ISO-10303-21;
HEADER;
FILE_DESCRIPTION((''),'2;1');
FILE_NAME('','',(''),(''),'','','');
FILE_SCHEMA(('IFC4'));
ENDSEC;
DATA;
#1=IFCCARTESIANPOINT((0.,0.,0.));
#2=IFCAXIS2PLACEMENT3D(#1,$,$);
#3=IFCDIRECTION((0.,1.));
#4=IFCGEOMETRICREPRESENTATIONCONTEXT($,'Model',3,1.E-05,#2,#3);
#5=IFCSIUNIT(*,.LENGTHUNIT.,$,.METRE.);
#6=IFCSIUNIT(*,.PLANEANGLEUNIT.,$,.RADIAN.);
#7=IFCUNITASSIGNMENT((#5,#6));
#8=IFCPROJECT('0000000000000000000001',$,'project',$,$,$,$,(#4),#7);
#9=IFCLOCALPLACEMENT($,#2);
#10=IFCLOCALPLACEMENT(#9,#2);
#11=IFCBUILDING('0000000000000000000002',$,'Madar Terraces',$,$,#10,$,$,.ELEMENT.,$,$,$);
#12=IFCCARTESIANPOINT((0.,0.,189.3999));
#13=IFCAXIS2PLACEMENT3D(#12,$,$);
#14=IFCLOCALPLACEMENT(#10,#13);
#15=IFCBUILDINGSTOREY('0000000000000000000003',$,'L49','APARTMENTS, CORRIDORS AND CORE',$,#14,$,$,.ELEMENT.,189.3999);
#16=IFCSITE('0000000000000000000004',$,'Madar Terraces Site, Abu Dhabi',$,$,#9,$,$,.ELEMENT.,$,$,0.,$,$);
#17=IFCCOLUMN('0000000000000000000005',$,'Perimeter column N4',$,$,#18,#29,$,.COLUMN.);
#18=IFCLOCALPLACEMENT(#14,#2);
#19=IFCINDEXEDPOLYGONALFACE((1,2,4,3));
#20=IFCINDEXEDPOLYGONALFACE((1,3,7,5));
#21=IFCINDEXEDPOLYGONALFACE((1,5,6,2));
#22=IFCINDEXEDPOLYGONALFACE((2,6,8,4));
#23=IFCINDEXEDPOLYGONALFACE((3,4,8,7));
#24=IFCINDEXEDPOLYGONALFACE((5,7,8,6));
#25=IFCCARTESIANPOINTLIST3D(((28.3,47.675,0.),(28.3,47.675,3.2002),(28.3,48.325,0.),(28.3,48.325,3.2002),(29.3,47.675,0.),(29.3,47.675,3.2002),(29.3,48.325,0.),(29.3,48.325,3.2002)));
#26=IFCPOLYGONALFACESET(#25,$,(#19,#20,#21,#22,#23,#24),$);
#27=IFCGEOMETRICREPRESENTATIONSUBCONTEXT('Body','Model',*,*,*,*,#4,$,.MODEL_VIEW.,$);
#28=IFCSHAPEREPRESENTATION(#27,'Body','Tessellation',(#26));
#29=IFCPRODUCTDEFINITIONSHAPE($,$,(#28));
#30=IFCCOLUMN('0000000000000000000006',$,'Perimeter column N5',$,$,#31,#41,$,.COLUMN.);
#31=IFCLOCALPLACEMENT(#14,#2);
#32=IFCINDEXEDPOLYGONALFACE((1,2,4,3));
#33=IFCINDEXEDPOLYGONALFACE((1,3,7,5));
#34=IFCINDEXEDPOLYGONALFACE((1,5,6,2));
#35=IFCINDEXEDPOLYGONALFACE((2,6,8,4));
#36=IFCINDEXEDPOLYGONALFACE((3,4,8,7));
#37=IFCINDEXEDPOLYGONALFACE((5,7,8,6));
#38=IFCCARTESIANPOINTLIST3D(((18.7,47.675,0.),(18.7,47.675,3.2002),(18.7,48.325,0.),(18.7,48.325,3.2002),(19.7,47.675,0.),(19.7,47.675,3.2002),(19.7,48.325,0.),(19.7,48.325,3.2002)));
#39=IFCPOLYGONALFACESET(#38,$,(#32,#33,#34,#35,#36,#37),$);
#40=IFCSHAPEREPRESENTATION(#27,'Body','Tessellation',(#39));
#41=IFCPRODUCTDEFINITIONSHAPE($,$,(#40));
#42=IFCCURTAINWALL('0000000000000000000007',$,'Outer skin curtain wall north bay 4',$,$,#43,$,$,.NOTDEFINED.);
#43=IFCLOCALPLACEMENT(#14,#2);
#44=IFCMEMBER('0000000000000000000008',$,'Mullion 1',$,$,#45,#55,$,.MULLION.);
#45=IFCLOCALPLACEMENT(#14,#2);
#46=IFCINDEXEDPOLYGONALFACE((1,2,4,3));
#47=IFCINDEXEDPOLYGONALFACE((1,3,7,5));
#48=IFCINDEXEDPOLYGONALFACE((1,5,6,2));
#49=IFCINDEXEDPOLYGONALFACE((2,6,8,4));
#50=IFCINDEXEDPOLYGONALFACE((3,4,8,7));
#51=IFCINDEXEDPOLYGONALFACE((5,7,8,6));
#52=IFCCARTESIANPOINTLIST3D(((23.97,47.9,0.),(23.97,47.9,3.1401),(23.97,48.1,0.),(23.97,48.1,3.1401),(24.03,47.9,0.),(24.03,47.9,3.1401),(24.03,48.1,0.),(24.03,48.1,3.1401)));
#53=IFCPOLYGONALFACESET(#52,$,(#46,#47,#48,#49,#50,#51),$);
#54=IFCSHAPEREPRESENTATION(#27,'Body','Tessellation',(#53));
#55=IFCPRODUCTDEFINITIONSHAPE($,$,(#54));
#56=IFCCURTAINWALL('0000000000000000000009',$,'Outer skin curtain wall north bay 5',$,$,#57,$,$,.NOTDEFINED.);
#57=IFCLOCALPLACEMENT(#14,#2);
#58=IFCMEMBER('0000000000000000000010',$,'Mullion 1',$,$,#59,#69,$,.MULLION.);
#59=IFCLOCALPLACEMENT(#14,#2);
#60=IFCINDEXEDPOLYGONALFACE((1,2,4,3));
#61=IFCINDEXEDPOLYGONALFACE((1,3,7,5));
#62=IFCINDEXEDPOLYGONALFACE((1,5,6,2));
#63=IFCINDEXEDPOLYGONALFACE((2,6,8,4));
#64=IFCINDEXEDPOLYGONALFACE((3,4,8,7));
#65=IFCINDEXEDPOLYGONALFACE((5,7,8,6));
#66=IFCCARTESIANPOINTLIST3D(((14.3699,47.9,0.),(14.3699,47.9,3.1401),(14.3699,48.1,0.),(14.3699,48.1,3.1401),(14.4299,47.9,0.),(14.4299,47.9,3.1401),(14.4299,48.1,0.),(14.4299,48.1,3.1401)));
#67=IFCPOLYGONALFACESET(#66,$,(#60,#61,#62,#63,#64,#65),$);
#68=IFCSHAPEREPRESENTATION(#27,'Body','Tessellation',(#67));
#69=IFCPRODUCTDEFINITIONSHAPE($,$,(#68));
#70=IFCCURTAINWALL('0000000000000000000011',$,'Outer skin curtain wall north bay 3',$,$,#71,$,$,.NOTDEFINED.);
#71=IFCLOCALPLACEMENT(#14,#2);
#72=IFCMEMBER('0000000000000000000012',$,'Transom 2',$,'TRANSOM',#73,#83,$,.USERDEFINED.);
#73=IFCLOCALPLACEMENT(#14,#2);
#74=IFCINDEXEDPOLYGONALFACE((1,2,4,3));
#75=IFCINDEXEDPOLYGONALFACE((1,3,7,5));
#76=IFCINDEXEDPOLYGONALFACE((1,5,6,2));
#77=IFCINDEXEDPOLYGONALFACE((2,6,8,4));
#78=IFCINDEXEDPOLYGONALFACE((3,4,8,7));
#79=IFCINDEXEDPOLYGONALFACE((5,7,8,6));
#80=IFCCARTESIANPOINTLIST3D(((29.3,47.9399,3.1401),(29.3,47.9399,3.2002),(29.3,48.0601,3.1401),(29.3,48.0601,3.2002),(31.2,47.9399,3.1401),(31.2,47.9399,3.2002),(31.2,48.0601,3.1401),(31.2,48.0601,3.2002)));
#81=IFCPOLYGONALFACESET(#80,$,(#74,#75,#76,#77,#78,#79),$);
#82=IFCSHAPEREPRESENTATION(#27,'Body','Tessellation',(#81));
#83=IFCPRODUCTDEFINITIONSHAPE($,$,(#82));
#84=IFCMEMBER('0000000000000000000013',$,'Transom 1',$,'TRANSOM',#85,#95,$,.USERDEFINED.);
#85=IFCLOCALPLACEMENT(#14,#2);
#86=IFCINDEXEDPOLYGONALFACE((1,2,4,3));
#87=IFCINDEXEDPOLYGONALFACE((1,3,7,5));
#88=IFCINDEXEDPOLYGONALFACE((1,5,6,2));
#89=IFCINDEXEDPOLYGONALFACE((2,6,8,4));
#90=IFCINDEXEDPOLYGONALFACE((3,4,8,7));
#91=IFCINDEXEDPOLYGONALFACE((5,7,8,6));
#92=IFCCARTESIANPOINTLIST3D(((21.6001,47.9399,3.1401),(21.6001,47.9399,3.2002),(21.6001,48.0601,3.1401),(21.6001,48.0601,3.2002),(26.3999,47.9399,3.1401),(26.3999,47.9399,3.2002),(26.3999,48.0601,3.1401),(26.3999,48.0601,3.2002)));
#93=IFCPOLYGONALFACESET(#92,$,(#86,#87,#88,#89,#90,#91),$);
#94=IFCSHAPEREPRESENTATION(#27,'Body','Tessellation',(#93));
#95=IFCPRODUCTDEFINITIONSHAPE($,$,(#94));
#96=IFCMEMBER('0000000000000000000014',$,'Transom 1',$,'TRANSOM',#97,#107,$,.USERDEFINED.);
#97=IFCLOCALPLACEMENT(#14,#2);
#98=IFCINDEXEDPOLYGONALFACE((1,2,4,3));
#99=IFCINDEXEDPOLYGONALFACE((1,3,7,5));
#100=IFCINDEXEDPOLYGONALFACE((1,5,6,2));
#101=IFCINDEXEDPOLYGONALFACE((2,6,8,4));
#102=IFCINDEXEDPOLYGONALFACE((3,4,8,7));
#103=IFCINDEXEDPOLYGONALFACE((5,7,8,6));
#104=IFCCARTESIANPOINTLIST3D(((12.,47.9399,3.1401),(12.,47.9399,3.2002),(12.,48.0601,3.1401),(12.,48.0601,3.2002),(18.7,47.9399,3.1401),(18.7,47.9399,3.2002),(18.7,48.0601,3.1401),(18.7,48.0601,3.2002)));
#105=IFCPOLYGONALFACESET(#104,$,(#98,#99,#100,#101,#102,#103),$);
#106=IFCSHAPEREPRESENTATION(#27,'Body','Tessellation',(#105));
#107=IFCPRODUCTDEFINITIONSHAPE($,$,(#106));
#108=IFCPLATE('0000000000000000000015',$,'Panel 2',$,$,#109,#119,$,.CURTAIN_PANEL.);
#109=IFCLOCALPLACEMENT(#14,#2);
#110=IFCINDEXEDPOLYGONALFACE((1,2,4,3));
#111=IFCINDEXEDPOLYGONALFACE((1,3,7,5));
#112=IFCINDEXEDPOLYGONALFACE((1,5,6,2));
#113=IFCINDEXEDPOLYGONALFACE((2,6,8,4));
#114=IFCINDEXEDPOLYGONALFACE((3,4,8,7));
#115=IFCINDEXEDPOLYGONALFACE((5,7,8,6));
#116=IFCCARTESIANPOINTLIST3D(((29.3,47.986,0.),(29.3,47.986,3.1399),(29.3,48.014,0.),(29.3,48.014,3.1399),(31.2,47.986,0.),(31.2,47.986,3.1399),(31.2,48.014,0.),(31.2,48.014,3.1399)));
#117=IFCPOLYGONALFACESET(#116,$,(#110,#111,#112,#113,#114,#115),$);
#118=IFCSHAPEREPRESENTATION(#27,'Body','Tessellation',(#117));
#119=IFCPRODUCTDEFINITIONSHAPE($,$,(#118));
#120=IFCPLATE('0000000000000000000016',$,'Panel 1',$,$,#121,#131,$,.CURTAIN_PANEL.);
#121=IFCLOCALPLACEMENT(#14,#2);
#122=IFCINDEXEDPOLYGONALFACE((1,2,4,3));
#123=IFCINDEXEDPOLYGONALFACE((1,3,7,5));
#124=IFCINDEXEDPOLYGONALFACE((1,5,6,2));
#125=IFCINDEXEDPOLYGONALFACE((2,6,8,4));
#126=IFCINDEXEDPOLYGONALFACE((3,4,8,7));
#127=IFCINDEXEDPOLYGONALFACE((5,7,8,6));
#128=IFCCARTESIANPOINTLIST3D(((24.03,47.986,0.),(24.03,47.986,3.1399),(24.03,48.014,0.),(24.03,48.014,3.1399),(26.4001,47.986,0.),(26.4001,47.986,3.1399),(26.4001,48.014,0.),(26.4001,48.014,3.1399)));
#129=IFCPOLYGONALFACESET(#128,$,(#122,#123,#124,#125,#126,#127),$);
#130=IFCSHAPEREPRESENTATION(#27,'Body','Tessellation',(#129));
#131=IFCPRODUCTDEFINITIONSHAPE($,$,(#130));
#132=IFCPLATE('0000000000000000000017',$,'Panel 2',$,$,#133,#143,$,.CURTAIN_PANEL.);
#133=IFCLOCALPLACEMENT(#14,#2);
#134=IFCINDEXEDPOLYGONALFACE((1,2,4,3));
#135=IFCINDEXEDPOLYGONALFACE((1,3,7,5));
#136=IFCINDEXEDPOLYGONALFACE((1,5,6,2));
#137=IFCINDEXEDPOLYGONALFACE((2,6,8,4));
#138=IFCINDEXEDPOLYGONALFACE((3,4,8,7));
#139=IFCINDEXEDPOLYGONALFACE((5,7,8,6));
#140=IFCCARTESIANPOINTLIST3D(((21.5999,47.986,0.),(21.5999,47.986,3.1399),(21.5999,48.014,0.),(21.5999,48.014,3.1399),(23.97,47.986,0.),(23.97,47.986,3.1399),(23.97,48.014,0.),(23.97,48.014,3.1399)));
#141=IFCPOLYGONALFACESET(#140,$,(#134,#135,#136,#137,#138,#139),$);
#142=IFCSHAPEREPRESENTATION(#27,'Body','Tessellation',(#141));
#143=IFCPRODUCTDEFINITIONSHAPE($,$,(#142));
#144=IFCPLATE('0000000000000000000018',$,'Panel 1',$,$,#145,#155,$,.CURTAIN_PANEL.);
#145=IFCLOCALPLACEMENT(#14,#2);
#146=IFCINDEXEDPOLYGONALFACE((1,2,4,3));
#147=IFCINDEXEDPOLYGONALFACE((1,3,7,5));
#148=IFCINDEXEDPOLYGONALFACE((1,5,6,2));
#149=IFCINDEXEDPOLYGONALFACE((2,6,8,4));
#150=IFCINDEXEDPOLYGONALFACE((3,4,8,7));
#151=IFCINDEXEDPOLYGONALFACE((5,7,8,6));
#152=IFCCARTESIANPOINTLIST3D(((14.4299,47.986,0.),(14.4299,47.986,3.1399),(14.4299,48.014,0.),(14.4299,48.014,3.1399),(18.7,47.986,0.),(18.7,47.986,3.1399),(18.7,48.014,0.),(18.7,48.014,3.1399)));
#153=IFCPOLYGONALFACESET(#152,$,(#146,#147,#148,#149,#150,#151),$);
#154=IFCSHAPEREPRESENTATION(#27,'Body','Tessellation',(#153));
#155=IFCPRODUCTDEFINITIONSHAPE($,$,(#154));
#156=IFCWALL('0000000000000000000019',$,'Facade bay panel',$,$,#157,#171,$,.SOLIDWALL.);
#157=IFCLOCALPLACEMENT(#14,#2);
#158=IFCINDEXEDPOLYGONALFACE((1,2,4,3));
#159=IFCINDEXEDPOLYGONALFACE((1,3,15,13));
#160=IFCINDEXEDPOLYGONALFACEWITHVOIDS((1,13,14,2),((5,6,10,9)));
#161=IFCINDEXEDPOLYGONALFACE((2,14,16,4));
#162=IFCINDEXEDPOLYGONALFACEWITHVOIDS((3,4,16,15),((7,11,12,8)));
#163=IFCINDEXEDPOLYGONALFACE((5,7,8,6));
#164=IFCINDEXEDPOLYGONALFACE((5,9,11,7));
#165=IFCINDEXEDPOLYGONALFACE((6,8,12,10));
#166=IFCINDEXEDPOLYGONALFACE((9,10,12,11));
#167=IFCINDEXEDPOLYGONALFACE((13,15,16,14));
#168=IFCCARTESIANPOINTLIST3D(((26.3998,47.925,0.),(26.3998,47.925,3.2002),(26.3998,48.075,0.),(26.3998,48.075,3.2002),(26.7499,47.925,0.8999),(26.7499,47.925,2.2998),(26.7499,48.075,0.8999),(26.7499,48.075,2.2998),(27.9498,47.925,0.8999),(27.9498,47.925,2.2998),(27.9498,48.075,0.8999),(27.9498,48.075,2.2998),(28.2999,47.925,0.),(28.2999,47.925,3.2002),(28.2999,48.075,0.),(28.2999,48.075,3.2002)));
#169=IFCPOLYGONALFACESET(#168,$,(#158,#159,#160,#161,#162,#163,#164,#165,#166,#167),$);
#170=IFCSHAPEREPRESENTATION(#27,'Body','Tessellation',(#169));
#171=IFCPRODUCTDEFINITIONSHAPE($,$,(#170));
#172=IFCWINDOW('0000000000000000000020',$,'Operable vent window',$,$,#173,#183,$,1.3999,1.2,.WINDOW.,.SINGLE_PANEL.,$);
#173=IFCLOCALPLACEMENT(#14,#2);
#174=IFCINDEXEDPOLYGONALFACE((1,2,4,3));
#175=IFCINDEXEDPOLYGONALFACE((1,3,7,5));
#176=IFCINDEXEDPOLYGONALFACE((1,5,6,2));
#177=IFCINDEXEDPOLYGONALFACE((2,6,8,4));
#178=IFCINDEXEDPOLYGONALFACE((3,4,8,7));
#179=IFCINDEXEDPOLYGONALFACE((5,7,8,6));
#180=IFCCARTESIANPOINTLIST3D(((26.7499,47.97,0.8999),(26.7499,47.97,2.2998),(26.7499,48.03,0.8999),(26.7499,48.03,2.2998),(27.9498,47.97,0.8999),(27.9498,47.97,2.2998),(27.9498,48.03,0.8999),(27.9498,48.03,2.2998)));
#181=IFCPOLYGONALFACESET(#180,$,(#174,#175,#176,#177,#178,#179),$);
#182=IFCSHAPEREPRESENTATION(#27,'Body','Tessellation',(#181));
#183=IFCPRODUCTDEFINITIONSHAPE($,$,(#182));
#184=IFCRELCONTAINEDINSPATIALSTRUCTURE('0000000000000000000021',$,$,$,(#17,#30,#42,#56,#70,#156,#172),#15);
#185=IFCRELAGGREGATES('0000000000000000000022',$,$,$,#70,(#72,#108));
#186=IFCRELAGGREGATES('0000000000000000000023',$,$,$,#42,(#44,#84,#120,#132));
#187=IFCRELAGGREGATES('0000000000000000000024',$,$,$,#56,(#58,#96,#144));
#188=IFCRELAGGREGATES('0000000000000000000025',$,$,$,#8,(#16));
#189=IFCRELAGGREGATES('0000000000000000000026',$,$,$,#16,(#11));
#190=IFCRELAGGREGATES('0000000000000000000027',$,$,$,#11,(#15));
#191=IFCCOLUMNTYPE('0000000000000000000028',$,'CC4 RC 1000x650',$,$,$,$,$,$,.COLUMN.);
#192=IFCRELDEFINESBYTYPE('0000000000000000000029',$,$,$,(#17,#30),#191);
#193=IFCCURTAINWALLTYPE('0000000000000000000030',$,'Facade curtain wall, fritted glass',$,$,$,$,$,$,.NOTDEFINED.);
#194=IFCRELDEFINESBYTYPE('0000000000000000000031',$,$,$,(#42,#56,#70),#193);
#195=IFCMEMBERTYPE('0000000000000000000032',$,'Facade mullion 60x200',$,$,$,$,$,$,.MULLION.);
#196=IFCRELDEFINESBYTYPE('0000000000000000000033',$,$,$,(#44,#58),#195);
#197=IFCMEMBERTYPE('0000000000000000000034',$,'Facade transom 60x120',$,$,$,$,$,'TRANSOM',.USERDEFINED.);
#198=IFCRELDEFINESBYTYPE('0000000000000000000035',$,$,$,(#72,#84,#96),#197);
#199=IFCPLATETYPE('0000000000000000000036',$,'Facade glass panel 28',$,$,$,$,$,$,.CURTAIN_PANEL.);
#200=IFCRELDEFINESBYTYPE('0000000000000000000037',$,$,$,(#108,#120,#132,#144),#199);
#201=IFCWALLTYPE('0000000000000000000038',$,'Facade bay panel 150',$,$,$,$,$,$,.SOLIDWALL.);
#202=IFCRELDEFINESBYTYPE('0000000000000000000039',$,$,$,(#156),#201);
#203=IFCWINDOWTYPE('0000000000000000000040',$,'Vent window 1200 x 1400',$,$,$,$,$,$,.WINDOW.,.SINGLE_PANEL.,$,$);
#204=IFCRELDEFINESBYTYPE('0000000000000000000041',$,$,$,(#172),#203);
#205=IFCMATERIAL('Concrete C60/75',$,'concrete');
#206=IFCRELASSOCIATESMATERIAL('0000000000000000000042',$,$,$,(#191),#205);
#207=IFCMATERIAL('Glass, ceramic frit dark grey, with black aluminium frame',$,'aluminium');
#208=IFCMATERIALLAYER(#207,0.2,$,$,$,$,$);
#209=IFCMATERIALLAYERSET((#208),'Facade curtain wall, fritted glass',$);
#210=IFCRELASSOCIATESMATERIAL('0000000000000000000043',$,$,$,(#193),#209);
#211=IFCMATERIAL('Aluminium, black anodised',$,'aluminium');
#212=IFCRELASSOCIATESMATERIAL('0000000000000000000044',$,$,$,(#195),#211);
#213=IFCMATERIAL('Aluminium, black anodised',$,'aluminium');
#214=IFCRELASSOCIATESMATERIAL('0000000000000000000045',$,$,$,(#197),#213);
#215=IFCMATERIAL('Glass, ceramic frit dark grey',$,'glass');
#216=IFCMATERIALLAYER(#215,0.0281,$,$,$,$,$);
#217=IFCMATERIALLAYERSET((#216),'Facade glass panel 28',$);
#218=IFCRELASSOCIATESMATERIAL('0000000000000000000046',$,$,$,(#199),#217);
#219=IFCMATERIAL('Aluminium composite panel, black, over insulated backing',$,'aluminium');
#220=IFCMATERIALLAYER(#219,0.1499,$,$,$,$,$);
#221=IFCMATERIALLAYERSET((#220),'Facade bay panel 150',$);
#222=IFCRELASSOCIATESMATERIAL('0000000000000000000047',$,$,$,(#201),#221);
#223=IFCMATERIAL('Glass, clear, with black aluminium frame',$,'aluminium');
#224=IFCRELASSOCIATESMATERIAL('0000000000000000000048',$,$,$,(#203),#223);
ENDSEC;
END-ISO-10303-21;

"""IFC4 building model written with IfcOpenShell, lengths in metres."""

from ifc_helpers import new_model, si_unit, direction, frame, frame_2d, origin, origin_2d, place, context, subcontext, project, spatial, rectangle, extrude, material, layer, layer_set, material_profile, profile_set, type_object, element, fill, aggregate, save


model = new_model("IFC4")

# Units and contexts
model_context = context("Model", 3, precision=1e-05, world=origin(), true_north=direction((0.0, 1.0)))
body_context = subcontext(model_context, "Body", "Model", "MODEL_VIEW")
ifc_project = project(units=[si_unit("LENGTHUNIT", "METRE"), si_unit("PLANEANGLEUNIT", "RADIAN")], contexts=[model_context])

# Site, building, storey
site_placement = place(None, origin())
site = spatial("IfcSite", under=ifc_project, at=site_placement, Name="Madar Terraces Site, Abu Dhabi", CompositionType="ELEMENT", RefElevation=0.0)
building_placement = place(site_placement, origin())
building = spatial("IfcBuilding", under=site, at=building_placement, Name="Madar Terraces", CompositionType="ELEMENT")
storey_placement = place(building_placement, frame((0.0, 0.0, 189.3999)))
storey = spatial("IfcBuildingStorey", under=building, at=storey_placement, Name="L49", Description="APARTMENTS, CORRIDORS AND CORE", CompositionType="ELEMENT", Elevation=189.3999)

# Columns
ifc_material_1 = material(Name="Concrete C60/75", Category="concrete")
ifc_material_profile_1 = material_profile(ifc_material_1, rectangle(XDim=1.0, YDim=0.6499, at=origin_2d()), Name="CC4 RC 1000x650")
ifc_profile_set_1 = profile_set([ifc_material_profile_1], Name="Concrete C60/75")
column_type = type_object("IfcColumnType", Name="CC4 RC 1000x650", PredefinedType="COLUMN", material=ifc_profile_set_1)
for number, where, z_axis, x_axis, name in (
    (1, (28.8, 48.0, 0.0), (0.0, 0.0, 1.0), (1.0, 0.0, 0.0), "Perimeter column N4"),
    (2, (19.2, 48.0, 0.0), (0.0, 0.0, 1.0), (1.0, 0.0, 0.0), "Perimeter column N5"),
):
    element("IfcColumn", number, at=place(storey_placement, frame(where, z_axis=z_axis, x_axis=x_axis)), inside=storey, type_object=column_type, Name=name, PredefinedType="COLUMN", context=body_context, shape_type="SweptSolid", body=[
        extrude(rectangle(XDim=1.0, YDim=0.6499, at=origin_2d()), origin(), (0.0, 0.0, 1.0), 3.2002),
    ])

# Curtain walls, members
ifc_material_2 = material(Name="Glass, ceramic frit dark grey, with black aluminium frame", Category="aluminium")
ifc_layer_1 = layer(ifc_material_2, 0.2)
ifc_layer_set_1 = layer_set([ifc_layer_1], Name="Facade curtain wall, fritted glass")
curtain_wall_type = type_object("IfcCurtainWallType", Name="Facade curtain wall, fritted glass", PredefinedType="NOTDEFINED", material=ifc_layer_set_1)
curtain_wall_1_placement = place(storey_placement, origin())
curtain_wall_1 = element("IfcCurtainWall", 3, at=curtain_wall_1_placement, inside=storey, type_object=curtain_wall_type, Name="Outer skin curtain wall north bay 4", PredefinedType="NOTDEFINED")
ifc_material_3 = material(Name="Aluminium, black anodised", Category="aluminium")
ifc_material_profile_2 = material_profile(ifc_material_3, rectangle(XDim=0.2, YDim=0.0601, at=origin_2d()), Name="Facade mullion 60x200")
ifc_profile_set_2 = profile_set([ifc_material_profile_2], Name="Aluminium, black anodised")
member_type_1 = type_object("IfcMemberType", Name="Facade mullion 60x200", PredefinedType="MULLION", material=ifc_profile_set_2)
member_1_placement = place(storey_placement, frame((24.0, 48.0, 0.0), z_axis=(0.0, 0.0, 1.0), x_axis=(0.0, -1.0, 0.0)))
member_1 = element("IfcMember", 4, at=member_1_placement, type_object=member_type_1, Name="Mullion 1", PredefinedType="MULLION", context=body_context, shape_type="SweptSolid", body=[
    extrude(rectangle(XDim=0.2, YDim=0.0601, at=origin_2d()), origin(), (0.0, 0.0, 1.0), 3.1401),
])
curtain_wall_2_placement = place(storey_placement, origin())
curtain_wall_2 = element("IfcCurtainWall", 5, at=curtain_wall_2_placement, inside=storey, type_object=curtain_wall_type, Name="Outer skin curtain wall north bay 5", PredefinedType="NOTDEFINED")
member_2_placement = place(storey_placement, frame((14.3999, 48.0, 0.0), z_axis=(0.0, 0.0, 1.0), x_axis=(0.0, -1.0, 0.0)))
member_2 = element("IfcMember", 6, at=member_2_placement, type_object=member_type_1, Name="Mullion 1", PredefinedType="MULLION", context=body_context, shape_type="SweptSolid", body=[
    extrude(rectangle(XDim=0.2, YDim=0.0601, at=origin_2d()), origin(), (0.0, 0.0, 1.0), 3.1401),
])
curtain_wall_3_placement = place(storey_placement, origin())
curtain_wall_3 = element("IfcCurtainWall", 7, at=curtain_wall_3_placement, inside=storey, type_object=curtain_wall_type, Name="Outer skin curtain wall north bay 3", PredefinedType="NOTDEFINED")
ifc_material_4 = material(Name="Aluminium, black anodised", Category="aluminium")
ifc_material_profile_3 = material_profile(ifc_material_4, rectangle(XDim=0.1201, YDim=0.0601, at=origin_2d()), Name="Facade transom 60x120")
ifc_profile_set_3 = profile_set([ifc_material_profile_3], Name="Aluminium, black anodised")
member_type_2 = type_object("IfcMemberType", Name="Facade transom 60x120", ElementType="TRANSOM", PredefinedType="USERDEFINED", material=ifc_profile_set_3)
member_3_placement = place(storey_placement, frame((31.2, 48.0, 3.1702), z_axis=(-1.0, 0.0, 0.0), x_axis=(0.0, -1.0, 0.0)))
member_3 = element("IfcMember", 8, at=member_3_placement, type_object=member_type_2, Name="Transom 2", ObjectType="TRANSOM", PredefinedType="USERDEFINED", context=body_context, shape_type="SweptSolid", body=[
    extrude(rectangle(XDim=0.1201, YDim=0.0601, at=origin_2d()), origin(), (0.0, 0.0, 1.0), 1.8999),
])

# Members
member_4_placement = place(storey_placement, frame((26.3999, 48.0, 3.1702), z_axis=(-1.0, 0.0, 0.0), x_axis=(0.0, -1.0, 0.0)))
member_4 = element("IfcMember", 9, at=member_4_placement, type_object=member_type_2, Name="Transom 1", ObjectType="TRANSOM", PredefinedType="USERDEFINED", context=body_context, shape_type="SweptSolid", body=[
    extrude(rectangle(XDim=0.1201, YDim=0.0601, at=origin_2d()), origin(), (0.0, 0.0, 1.0), 4.7998),
])
member_5_placement = place(storey_placement, frame((18.7, 48.0, 3.1702), z_axis=(-1.0, 0.0, 0.0), x_axis=(0.0, -1.0, 0.0)))
member_5 = element("IfcMember", 10, at=member_5_placement, type_object=member_type_2, Name="Transom 1", ObjectType="TRANSOM", PredefinedType="USERDEFINED", context=body_context, shape_type="SweptSolid", body=[
    extrude(rectangle(XDim=0.1201, YDim=0.0601, at=origin_2d()), origin(), (0.0, 0.0, 1.0), 6.7),
])

# Plates
ifc_material_5 = material(Name="Glass, ceramic frit dark grey", Category="glass")
ifc_layer_2 = layer(ifc_material_5, 0.0281)
ifc_layer_set_2 = layer_set([ifc_layer_2], Name="Facade glass panel 28")
plate_type = type_object("IfcPlateType", Name="Facade glass panel 28", PredefinedType="CURTAIN_PANEL", material=ifc_layer_set_2)
plate_1_placement = place(storey_placement, frame((30.25, 48.0, 0.0), z_axis=(0.0, 0.0, 1.0), x_axis=(-1.0, 0.0, 0.0)))
plate_1 = element("IfcPlate", 11, at=plate_1_placement, type_object=plate_type, Name="Panel 2", PredefinedType="CURTAIN_PANEL", context=body_context, shape_type="SweptSolid", body=[
    extrude(rectangle(XDim=1.8999, YDim=0.0281, at=origin_2d()), origin(), (0.0, 0.0, 1.0), 3.1399),
])
aggregate(curtain_wall_3, [member_3, plate_1])
plate_2_placement = place(storey_placement, frame((25.2151, 48.0, 0.0), z_axis=(0.0, 0.0, 1.0), x_axis=(-1.0, 0.0, 0.0)))
plate_2 = element("IfcPlate", 12, at=plate_2_placement, type_object=plate_type, Name="Panel 1", PredefinedType="CURTAIN_PANEL", context=body_context, shape_type="SweptSolid", body=[
    extrude(rectangle(XDim=2.3701, YDim=0.0281, at=origin_2d()), origin(), (0.0, 0.0, 1.0), 3.1399),
])
plate_3_placement = place(storey_placement, frame((22.7849, 48.0, 0.0), z_axis=(0.0, 0.0, 1.0), x_axis=(-1.0, 0.0, 0.0)))
plate_3 = element("IfcPlate", 13, at=plate_3_placement, type_object=plate_type, Name="Panel 2", PredefinedType="CURTAIN_PANEL", context=body_context, shape_type="SweptSolid", body=[
    extrude(rectangle(XDim=2.3701, YDim=0.0281, at=origin_2d()), origin(), (0.0, 0.0, 1.0), 3.1399),
])
aggregate(curtain_wall_1, [member_1, member_4, plate_2, plate_3])
plate_4_placement = place(storey_placement, frame((16.5649, 48.0, 0.0), z_axis=(0.0, 0.0, 1.0), x_axis=(-1.0, 0.0, 0.0)))
plate_4 = element("IfcPlate", 14, at=plate_4_placement, type_object=plate_type, Name="Panel 1", PredefinedType="CURTAIN_PANEL", context=body_context, shape_type="SweptSolid", body=[
    extrude(rectangle(XDim=4.27, YDim=0.0281, at=origin_2d()), origin(), (0.0, 0.0, 1.0), 3.1399),
])
aggregate(curtain_wall_2, [member_2, member_5, plate_4])

# Wall, opening, window
ifc_material_6 = material(Name="Aluminium composite panel, black, over insulated backing", Category="aluminium")
ifc_layer_3 = layer(ifc_material_6, 0.1499)
ifc_layer_set_3 = layer_set([ifc_layer_3], Name="Facade bay panel 150")
wall_type_1 = type_object("IfcWallType", Name="Facade bay panel 150", PredefinedType="SOLIDWALL", material=ifc_layer_set_3)
wall_1_placement = place(storey_placement, frame((28.3, 48.0, 0.0), z_axis=(0.0, 0.0, 1.0), x_axis=(-1.0, 0.0, 0.0)))
wall_1 = element("IfcWall", 15, at=wall_1_placement, inside=storey, type_object=wall_type_1, Name="Facade bay panel", PredefinedType="SOLIDWALL", context=body_context, shape_type="SweptSolid", body=[
    extrude(rectangle(XDim=1.9001, YDim=0.1499, at=frame_2d((0.9502, 0.0))), origin(), (0.0, 0.0, 1.0), 3.2002),
])
opening_1_placement = place(wall_1_placement, frame((0.3501, 0.0, 0.8999)))
opening_1 = element("IfcOpeningElement", 16, at=opening_1_placement, cuts=wall_1, PredefinedType="OPENING", context=body_context, shape_type="SweptSolid", body=[
    extrude(rectangle(XDim=1.2, YDim=1.3999, at=frame_2d((0.6001, 0.7))), frame((0.0, 0.085, 0.0), z_axis=(0.0, -1.0, 0.0), x_axis=(1.0, 0.0, 0.0)), (0.0, 0.0, 1.0), 0.1699),
])
ifc_material_7 = material(Name="Glass, clear, with black aluminium frame", Category="aluminium")
window_type = type_object("IfcWindowType", Name="Vent window 1200 x 1400", PartitioningType="SINGLE_PANEL", PredefinedType="WINDOW", material=ifc_material_7)
window_1_placement = place(opening_1_placement, origin())
window_1 = element("IfcWindow", 17, at=window_1_placement, inside=storey, type_object=window_type, Name="Operable vent window", OverallHeight=1.3999, OverallWidth=1.2, PartitioningType="SINGLE_PANEL", PredefinedType="WINDOW", context=body_context, shape_type="SweptSolid", body=[
    extrude(rectangle(XDim=1.2, YDim=1.3999, at=frame_2d((0.6001, 0.7))), frame((0.0, 0.03, 0.0), z_axis=(0.0, -1.0, 0.0), x_axis=(1.0, 0.0, 0.0)), (0.0, 0.0, 1.0), 0.0601),
])
fill(opening_1, window_1)

save(model, "model.ifc")
